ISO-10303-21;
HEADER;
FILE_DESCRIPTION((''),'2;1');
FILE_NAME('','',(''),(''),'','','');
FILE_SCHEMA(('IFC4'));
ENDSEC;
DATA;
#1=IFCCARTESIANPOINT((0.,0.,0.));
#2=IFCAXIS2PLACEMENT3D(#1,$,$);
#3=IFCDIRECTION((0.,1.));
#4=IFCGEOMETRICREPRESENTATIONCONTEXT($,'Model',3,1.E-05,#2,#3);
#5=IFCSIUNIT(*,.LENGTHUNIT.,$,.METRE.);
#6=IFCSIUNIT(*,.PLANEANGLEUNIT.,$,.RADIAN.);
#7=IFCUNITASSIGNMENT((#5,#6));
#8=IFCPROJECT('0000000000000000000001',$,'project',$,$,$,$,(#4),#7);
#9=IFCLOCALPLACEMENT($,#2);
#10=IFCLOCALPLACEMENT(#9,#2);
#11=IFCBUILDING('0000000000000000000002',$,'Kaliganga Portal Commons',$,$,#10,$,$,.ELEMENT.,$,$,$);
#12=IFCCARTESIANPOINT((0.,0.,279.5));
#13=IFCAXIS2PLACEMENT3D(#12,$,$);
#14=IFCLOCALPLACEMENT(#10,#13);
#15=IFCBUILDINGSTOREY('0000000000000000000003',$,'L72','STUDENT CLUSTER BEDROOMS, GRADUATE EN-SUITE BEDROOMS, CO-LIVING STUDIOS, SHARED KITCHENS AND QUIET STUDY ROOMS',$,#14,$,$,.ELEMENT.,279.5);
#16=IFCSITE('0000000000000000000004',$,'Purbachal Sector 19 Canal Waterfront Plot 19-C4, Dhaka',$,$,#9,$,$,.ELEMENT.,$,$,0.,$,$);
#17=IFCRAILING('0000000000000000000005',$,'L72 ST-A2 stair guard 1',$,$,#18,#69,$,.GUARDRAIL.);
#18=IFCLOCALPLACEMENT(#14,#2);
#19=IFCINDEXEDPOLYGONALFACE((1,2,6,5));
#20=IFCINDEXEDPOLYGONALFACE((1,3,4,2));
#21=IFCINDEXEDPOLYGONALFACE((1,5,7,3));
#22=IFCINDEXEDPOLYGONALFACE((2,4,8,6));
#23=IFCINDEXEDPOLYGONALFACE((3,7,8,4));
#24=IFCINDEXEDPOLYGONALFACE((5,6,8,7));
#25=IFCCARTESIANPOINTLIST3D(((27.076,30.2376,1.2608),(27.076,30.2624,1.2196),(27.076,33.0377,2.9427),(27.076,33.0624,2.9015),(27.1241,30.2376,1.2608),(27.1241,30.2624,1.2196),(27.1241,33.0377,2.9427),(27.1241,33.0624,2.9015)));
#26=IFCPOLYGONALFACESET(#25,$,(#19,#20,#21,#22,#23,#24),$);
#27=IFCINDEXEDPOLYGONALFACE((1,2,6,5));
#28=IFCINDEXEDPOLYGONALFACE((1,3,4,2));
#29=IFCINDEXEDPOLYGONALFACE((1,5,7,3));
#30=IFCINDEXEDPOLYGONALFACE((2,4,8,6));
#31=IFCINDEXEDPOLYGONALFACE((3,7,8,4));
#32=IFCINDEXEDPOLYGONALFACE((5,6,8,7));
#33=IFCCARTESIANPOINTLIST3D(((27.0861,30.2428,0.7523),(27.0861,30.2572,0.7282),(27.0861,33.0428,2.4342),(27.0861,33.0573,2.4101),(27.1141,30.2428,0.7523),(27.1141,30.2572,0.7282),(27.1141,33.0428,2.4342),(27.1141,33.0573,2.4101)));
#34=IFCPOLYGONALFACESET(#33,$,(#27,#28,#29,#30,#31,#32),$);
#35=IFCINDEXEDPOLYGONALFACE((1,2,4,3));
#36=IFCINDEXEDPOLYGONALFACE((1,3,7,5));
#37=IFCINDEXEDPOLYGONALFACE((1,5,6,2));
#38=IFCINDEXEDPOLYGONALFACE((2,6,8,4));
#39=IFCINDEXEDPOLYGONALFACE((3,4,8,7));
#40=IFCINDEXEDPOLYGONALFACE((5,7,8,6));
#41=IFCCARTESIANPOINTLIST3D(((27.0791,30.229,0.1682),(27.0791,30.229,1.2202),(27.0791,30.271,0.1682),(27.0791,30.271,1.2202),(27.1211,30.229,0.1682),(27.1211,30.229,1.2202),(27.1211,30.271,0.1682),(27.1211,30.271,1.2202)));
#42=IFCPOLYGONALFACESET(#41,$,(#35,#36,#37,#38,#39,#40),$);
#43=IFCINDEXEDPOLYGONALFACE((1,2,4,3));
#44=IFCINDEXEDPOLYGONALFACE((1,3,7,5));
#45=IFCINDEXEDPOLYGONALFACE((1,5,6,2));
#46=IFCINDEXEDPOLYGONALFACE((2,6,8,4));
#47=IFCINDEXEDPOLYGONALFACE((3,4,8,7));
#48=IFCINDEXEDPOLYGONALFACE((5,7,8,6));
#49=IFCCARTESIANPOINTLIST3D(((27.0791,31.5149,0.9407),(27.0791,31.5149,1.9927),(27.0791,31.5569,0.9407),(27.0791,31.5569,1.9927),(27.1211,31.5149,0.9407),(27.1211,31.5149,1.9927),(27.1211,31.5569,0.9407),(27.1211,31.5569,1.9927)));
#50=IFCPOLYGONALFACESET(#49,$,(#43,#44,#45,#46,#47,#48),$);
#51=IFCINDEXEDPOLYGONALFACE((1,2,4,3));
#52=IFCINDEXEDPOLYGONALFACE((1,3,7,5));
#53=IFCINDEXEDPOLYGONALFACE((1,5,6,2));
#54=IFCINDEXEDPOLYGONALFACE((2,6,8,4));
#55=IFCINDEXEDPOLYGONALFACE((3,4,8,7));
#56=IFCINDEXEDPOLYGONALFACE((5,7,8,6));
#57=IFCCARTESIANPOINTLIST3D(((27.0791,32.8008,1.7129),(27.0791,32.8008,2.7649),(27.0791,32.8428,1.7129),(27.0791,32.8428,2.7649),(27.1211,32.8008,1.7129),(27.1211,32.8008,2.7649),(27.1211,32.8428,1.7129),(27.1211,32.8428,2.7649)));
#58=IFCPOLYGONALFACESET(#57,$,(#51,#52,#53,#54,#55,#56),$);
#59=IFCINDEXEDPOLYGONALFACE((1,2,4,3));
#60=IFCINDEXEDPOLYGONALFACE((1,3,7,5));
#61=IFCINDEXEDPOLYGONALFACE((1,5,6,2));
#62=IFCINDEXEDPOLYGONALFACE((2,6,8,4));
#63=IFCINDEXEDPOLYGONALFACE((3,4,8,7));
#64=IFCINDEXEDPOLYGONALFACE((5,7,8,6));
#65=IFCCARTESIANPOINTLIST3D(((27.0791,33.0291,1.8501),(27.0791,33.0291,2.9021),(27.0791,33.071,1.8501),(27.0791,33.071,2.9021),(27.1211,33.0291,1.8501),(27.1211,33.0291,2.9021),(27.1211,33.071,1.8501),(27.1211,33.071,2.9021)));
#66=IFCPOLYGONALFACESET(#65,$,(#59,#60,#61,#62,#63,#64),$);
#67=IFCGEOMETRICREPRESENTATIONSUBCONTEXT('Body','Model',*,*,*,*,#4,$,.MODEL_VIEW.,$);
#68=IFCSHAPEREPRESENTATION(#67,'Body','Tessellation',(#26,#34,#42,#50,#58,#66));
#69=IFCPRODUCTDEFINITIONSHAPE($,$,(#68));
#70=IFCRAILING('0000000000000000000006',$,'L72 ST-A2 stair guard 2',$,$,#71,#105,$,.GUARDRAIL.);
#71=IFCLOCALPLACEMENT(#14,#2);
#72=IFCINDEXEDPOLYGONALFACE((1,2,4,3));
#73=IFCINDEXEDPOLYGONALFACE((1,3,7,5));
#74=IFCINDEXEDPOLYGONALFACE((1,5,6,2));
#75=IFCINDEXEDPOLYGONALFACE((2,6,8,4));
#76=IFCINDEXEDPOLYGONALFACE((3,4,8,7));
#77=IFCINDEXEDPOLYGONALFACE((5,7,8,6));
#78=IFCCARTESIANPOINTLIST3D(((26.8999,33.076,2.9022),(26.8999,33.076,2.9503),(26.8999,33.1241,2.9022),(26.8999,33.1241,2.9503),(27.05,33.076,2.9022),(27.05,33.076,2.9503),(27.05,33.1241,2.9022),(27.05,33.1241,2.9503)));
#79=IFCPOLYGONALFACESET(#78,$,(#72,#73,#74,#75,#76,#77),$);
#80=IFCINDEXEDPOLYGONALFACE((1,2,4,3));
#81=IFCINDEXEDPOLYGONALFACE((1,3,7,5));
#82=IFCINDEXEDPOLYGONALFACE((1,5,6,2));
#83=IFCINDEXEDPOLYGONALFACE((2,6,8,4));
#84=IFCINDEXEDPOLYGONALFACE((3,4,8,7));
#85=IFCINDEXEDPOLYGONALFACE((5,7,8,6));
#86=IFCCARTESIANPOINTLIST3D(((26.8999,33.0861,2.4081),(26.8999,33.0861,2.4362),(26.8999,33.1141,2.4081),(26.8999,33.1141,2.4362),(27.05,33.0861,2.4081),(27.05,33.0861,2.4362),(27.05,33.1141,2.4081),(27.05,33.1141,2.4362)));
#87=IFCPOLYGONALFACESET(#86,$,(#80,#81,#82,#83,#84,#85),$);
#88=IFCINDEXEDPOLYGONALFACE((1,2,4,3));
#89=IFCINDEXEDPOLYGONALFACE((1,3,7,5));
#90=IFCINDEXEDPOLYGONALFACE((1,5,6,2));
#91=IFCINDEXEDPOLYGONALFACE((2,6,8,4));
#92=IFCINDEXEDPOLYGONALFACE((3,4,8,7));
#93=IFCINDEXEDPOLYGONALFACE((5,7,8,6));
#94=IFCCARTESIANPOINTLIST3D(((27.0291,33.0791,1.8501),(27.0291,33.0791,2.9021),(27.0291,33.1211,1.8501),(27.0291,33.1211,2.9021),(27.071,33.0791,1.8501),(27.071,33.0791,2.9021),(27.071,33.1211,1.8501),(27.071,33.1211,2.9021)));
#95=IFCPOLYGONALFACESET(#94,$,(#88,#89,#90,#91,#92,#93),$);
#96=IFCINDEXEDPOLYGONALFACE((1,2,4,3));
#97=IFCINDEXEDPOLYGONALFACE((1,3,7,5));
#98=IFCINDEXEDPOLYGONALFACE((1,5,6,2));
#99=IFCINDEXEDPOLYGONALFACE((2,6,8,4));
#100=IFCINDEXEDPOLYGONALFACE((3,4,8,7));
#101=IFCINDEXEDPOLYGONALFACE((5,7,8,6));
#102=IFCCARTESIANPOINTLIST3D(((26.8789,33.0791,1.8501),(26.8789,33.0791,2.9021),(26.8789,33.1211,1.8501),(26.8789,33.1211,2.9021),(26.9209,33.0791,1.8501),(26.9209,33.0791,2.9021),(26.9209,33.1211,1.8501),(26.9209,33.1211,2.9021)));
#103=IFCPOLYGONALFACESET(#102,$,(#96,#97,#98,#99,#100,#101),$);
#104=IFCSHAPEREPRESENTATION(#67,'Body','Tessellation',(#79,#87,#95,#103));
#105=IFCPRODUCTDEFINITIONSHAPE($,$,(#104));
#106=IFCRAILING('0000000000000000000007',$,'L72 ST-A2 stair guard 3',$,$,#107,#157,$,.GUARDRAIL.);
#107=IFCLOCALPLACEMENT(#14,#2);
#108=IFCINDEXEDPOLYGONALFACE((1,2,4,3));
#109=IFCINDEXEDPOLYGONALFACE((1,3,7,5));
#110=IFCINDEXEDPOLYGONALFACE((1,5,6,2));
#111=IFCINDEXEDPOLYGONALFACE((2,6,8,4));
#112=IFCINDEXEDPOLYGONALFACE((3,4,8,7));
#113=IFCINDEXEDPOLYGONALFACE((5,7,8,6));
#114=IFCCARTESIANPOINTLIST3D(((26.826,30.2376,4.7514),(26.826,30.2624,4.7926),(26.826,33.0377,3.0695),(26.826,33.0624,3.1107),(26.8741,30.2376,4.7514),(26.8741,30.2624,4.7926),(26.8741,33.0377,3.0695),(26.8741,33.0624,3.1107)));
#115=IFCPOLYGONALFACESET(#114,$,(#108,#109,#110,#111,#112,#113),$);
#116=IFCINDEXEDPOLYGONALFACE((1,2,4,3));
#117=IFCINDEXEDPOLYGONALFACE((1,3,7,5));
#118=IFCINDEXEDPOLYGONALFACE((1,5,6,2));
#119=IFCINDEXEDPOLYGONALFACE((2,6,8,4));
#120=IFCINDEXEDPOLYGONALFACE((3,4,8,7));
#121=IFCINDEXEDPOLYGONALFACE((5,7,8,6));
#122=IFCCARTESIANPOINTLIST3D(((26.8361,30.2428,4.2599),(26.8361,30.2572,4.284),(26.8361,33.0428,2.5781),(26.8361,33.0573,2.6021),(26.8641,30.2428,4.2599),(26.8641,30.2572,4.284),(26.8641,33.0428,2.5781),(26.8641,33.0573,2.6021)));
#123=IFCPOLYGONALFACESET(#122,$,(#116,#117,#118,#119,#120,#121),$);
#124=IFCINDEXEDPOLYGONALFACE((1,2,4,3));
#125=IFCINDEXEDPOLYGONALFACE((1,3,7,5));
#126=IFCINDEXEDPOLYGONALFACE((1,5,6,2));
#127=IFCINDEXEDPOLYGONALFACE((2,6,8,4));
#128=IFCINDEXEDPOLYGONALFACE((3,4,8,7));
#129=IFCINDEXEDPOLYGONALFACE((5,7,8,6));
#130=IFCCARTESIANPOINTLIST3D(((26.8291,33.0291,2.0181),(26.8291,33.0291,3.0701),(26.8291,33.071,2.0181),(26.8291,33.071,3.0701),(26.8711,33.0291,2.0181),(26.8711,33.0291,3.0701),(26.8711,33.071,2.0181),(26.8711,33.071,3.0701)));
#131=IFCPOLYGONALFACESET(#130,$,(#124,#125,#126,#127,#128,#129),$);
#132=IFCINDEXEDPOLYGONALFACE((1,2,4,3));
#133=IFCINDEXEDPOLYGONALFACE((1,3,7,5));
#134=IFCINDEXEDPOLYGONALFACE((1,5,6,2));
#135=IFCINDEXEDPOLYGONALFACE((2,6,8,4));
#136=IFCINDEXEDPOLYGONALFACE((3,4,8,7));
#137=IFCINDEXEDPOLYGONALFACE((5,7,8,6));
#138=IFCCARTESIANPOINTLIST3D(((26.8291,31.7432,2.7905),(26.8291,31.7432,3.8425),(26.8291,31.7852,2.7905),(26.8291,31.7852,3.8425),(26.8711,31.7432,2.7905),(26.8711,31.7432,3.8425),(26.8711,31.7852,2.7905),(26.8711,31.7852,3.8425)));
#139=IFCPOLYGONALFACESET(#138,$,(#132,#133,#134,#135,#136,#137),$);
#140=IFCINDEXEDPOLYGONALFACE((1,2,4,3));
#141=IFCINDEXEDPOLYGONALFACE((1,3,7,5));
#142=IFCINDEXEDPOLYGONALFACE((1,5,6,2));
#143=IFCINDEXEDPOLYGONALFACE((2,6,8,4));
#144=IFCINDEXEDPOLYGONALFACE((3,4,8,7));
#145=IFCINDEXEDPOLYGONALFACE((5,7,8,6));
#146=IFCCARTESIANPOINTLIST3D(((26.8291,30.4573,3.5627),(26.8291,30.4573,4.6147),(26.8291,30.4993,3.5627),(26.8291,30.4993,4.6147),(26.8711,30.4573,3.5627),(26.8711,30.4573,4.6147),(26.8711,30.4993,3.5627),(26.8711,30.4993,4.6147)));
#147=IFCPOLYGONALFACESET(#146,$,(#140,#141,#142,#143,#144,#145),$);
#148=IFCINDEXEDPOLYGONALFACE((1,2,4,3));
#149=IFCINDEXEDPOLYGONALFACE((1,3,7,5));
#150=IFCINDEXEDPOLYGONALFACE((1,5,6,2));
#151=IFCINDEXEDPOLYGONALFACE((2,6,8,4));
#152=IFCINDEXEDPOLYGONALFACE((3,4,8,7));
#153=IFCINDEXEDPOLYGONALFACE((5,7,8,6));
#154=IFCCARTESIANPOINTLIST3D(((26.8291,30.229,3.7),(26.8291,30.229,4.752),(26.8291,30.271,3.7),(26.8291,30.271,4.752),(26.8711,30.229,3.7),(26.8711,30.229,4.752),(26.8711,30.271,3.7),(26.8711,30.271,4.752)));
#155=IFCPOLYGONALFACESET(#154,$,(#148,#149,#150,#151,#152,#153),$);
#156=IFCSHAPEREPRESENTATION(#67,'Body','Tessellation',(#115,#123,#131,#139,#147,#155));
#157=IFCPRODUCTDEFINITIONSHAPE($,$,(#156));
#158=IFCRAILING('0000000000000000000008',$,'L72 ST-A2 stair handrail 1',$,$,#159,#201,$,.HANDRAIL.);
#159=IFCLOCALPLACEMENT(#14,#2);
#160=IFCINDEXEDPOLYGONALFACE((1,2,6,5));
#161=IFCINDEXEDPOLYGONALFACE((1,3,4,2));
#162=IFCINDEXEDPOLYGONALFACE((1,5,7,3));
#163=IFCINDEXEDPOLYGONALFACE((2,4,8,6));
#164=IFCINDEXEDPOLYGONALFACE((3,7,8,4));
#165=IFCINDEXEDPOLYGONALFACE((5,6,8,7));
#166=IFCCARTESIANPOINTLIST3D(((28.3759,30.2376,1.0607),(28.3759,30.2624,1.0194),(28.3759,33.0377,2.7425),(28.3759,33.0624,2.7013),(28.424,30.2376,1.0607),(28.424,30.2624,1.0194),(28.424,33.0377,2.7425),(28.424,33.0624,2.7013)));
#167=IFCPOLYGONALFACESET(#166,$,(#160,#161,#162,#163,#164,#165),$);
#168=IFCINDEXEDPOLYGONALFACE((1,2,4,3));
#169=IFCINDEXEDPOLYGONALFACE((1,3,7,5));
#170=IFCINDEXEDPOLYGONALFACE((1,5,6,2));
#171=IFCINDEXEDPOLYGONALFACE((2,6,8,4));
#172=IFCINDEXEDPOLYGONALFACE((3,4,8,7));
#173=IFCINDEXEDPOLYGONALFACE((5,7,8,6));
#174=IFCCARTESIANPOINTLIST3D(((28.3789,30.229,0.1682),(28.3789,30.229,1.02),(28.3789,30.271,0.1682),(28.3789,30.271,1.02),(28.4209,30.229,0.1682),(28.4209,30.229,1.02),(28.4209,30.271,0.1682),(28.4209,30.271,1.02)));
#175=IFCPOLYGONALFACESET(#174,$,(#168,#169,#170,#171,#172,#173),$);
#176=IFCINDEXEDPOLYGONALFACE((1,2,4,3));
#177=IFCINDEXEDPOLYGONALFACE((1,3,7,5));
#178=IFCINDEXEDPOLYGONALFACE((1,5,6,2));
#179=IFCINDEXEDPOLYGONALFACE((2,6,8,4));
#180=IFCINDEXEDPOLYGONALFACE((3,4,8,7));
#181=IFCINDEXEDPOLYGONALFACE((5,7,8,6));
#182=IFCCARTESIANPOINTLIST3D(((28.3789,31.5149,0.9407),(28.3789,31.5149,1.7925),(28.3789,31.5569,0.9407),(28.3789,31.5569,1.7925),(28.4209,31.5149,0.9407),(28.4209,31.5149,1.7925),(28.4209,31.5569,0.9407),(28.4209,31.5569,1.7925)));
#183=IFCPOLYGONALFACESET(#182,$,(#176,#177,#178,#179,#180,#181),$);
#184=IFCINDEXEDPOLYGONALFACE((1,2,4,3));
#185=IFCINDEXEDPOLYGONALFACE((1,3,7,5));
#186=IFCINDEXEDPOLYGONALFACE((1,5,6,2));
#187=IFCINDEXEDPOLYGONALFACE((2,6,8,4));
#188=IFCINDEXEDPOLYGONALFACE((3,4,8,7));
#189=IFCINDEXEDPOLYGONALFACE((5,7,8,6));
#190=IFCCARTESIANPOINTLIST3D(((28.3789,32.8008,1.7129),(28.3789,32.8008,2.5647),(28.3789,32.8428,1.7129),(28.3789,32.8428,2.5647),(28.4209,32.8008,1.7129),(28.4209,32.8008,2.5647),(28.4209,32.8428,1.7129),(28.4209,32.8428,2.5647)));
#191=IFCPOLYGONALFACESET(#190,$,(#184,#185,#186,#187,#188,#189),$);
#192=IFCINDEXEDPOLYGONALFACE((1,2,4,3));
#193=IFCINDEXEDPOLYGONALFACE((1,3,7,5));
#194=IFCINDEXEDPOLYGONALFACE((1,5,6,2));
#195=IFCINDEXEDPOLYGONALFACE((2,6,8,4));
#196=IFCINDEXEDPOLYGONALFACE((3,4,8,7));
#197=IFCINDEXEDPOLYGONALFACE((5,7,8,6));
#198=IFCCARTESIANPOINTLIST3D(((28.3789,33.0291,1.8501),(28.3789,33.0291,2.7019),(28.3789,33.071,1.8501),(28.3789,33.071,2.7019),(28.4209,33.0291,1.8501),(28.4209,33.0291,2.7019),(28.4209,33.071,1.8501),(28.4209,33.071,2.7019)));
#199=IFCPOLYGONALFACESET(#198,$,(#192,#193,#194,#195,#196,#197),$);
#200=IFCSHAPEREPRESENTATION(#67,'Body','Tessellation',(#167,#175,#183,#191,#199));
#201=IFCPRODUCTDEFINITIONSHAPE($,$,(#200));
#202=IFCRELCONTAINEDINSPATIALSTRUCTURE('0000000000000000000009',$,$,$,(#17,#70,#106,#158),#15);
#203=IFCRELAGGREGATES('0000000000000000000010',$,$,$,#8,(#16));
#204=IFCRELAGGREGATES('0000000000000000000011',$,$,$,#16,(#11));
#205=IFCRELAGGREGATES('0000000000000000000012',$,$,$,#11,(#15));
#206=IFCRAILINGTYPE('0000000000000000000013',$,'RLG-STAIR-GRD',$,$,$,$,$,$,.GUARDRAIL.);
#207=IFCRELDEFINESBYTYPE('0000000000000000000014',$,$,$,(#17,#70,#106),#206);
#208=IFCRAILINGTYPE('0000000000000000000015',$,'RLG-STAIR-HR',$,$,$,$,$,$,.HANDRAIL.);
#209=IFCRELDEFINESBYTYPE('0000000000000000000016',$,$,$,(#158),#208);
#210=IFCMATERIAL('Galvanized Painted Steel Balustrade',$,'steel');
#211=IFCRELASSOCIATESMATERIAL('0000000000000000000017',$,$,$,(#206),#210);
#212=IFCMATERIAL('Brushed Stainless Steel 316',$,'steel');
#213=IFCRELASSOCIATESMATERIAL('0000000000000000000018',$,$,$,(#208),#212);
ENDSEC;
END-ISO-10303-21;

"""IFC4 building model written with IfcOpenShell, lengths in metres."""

from ifc_helpers import new_model, si_unit, direction, frame, origin, origin_2d, place, context, subcontext, project, spatial, rectangle, extrude, material, type_object, element, save


model = new_model("IFC4")

# Units and contexts
model_context = context("Model", 3, precision=1e-05, world=origin(), true_north=direction((0.0, 1.0)))
body_context = subcontext(model_context, "Body", "Model", "MODEL_VIEW")
ifc_project = project(units=[si_unit("LENGTHUNIT", "METRE"), si_unit("PLANEANGLEUNIT", "RADIAN")], contexts=[model_context])

# Site, building, storey
site_placement = place(None, origin())
site = spatial("IfcSite", under=ifc_project, at=site_placement, Name="Purbachal Sector 19 Canal Waterfront Plot 19-C4, Dhaka", CompositionType="ELEMENT", RefElevation=0.0)
building_placement = place(site_placement, origin())
building = spatial("IfcBuilding", under=site, at=building_placement, Name="Kaliganga Portal Commons", CompositionType="ELEMENT")
storey_placement = place(building_placement, frame((0.0, 0.0, 279.5)))
storey = spatial("IfcBuildingStorey", under=building, at=storey_placement, Name="L72", Description="STUDENT CLUSTER BEDROOMS, GRADUATE EN-SUITE BEDROOMS, CO-LIVING STUDIOS, SHARED KITCHENS AND QUIET STUDY ROOMS", CompositionType="ELEMENT", Elevation=279.5)

# Railings
ifc_material_1 = material(Name="Galvanized Painted Steel Balustrade", Category="steel")
railing_type_1 = type_object("IfcRailingType", Name="RLG-STAIR-GRD", PredefinedType="GUARDRAIL", material=ifc_material_1)
railing_1_placement = place(storey_placement, frame((27.1001, 30.25, 0.1682)))
element("IfcRailing", 1, at=railing_1_placement, inside=storey, type_object=railing_type_1, Name="L72 ST-A2 stair guard 1", PredefinedType="GUARDRAIL", context=body_context, shape_type="SweptSolid", body=[
    extrude(rectangle(XDim=0.0481, YDim=0.0481, at=origin_2d()), frame((0.0, 0.0, 1.072), z_axis=(0.0, 0.857242, 0.514913), x_axis=(-1.0, 0.0, 0.0)), (0.0, 0.0, 1.0), 3.2664),
    extrude(rectangle(XDim=0.0281, YDim=0.0281, at=origin_2d()), frame((0.0, 0.0, 0.572), z_axis=(0.0, 0.857242, 0.514913), x_axis=(-1.0, 0.0, 0.0)), (0.0, 0.0, 1.0), 3.2664),
    extrude(rectangle(XDim=0.042, YDim=0.042, at=origin_2d()), origin(), (0.0, 0.0, 1.0), 1.052),
    extrude(rectangle(XDim=0.042, YDim=0.042, at=origin_2d()), frame((0.0, 1.2859, 0.7725)), (0.0, 0.0, 1.0), 1.052),
    extrude(rectangle(XDim=0.042, YDim=0.042, at=origin_2d()), frame((0.0, 2.5718, 1.5447)), (0.0, 0.0, 1.0), 1.052),
    extrude(rectangle(XDim=0.042, YDim=0.042, at=origin_2d()), frame((0.0, 2.8, 1.6819)), (0.0, 0.0, 1.0), 1.052),
])
railing_2_placement = place(storey_placement, frame((27.05, 33.1001, 1.8501)))
element("IfcRailing", 2, at=railing_2_placement, inside=storey, type_object=railing_type_1, Name="L72 ST-A2 stair guard 2", PredefinedType="GUARDRAIL", context=body_context, shape_type="SweptSolid", body=[
    extrude(rectangle(XDim=0.0481, YDim=0.0481, at=origin_2d()), frame((0.0, 0.0, 1.0762), z_axis=(-1.0, 0.0, 0.0), x_axis=(0.0, -1.0, 0.0)), (0.0, 0.0, 1.0), 0.1501),
    extrude(rectangle(XDim=0.0281, YDim=0.0281, at=origin_2d()), frame((0.0, 0.0, 0.572), z_axis=(-1.0, 0.0, 0.0), x_axis=(0.0, -1.0, 0.0)), (0.0, 0.0, 1.0), 0.1501),
    extrude(rectangle(XDim=0.042, YDim=0.042, at=origin_2d()), origin(), (0.0, 0.0, 1.0), 1.052),
    extrude(rectangle(XDim=0.042, YDim=0.042, at=origin_2d()), frame((-0.1501, 0.0, 0.0)), (0.0, 0.0, 1.0), 1.052),
])
railing_3_placement = place(storey_placement, frame((26.8501, 33.05, 2.0181)))
element("IfcRailing", 3, at=railing_3_placement, inside=storey, type_object=railing_type_1, Name="L72 ST-A2 stair guard 3", PredefinedType="GUARDRAIL", context=body_context, shape_type="SweptSolid", body=[
    extrude(rectangle(XDim=0.0481, YDim=0.0481, at=origin_2d()), frame((0.0, 0.0, 1.072), z_axis=(0.0, -0.857242, 0.514913), x_axis=(1.0, 0.0, 0.0)), (0.0, 0.0, 1.0), 3.2664),
    extrude(rectangle(XDim=0.0281, YDim=0.0281, at=origin_2d()), frame((0.0, 0.0, 0.572), z_axis=(0.0, -0.857242, 0.514913), x_axis=(1.0, 0.0, 0.0)), (0.0, 0.0, 1.0), 3.2664),
    extrude(rectangle(XDim=0.042, YDim=0.042, at=origin_2d()), origin(), (0.0, 0.0, 1.0), 1.052),
    extrude(rectangle(XDim=0.042, YDim=0.042, at=origin_2d()), frame((0.0, -1.2859, 0.7725)), (0.0, 0.0, 1.0), 1.052),
    extrude(rectangle(XDim=0.042, YDim=0.042, at=origin_2d()), frame((0.0, -2.5718, 1.5447)), (0.0, 0.0, 1.0), 1.052),
    extrude(rectangle(XDim=0.042, YDim=0.042, at=origin_2d()), frame((0.0, -2.8, 1.6819)), (0.0, 0.0, 1.0), 1.052),
])
ifc_material_2 = material(Name="Brushed Stainless Steel 316", Category="steel")
railing_type_2 = type_object("IfcRailingType", Name="RLG-STAIR-HR", PredefinedType="HANDRAIL", material=ifc_material_2)
railing_4_placement = place(storey_placement, frame((28.3999, 30.25, 0.1682)))
element("IfcRailing", 4, at=railing_4_placement, inside=storey, type_object=railing_type_2, Name="L72 ST-A2 stair handrail 1", PredefinedType="HANDRAIL", context=body_context, shape_type="SweptSolid", body=[
    extrude(rectangle(XDim=0.0481, YDim=0.0481, at=origin_2d()), frame((0.0, 0.0, 0.8718), z_axis=(0.0, 0.857242, 0.514913), x_axis=(-1.0, 0.0, 0.0)), (0.0, 0.0, 1.0), 3.2664),
    extrude(rectangle(XDim=0.042, YDim=0.042, at=origin_2d()), origin(), (0.0, 0.0, 1.0), 0.8518),
    extrude(rectangle(XDim=0.042, YDim=0.042, at=origin_2d()), frame((0.0, 1.2859, 0.7725)), (0.0, 0.0, 1.0), 0.8518),
    extrude(rectangle(XDim=0.042, YDim=0.042, at=origin_2d()), frame((0.0, 2.5718, 1.5447)), (0.0, 0.0, 1.0), 0.8518),
    extrude(rectangle(XDim=0.042, YDim=0.042, at=origin_2d()), frame((0.0, 2.8, 1.6819)), (0.0, 0.0, 1.0), 0.8518),
])

save(model, "model.ifc")
